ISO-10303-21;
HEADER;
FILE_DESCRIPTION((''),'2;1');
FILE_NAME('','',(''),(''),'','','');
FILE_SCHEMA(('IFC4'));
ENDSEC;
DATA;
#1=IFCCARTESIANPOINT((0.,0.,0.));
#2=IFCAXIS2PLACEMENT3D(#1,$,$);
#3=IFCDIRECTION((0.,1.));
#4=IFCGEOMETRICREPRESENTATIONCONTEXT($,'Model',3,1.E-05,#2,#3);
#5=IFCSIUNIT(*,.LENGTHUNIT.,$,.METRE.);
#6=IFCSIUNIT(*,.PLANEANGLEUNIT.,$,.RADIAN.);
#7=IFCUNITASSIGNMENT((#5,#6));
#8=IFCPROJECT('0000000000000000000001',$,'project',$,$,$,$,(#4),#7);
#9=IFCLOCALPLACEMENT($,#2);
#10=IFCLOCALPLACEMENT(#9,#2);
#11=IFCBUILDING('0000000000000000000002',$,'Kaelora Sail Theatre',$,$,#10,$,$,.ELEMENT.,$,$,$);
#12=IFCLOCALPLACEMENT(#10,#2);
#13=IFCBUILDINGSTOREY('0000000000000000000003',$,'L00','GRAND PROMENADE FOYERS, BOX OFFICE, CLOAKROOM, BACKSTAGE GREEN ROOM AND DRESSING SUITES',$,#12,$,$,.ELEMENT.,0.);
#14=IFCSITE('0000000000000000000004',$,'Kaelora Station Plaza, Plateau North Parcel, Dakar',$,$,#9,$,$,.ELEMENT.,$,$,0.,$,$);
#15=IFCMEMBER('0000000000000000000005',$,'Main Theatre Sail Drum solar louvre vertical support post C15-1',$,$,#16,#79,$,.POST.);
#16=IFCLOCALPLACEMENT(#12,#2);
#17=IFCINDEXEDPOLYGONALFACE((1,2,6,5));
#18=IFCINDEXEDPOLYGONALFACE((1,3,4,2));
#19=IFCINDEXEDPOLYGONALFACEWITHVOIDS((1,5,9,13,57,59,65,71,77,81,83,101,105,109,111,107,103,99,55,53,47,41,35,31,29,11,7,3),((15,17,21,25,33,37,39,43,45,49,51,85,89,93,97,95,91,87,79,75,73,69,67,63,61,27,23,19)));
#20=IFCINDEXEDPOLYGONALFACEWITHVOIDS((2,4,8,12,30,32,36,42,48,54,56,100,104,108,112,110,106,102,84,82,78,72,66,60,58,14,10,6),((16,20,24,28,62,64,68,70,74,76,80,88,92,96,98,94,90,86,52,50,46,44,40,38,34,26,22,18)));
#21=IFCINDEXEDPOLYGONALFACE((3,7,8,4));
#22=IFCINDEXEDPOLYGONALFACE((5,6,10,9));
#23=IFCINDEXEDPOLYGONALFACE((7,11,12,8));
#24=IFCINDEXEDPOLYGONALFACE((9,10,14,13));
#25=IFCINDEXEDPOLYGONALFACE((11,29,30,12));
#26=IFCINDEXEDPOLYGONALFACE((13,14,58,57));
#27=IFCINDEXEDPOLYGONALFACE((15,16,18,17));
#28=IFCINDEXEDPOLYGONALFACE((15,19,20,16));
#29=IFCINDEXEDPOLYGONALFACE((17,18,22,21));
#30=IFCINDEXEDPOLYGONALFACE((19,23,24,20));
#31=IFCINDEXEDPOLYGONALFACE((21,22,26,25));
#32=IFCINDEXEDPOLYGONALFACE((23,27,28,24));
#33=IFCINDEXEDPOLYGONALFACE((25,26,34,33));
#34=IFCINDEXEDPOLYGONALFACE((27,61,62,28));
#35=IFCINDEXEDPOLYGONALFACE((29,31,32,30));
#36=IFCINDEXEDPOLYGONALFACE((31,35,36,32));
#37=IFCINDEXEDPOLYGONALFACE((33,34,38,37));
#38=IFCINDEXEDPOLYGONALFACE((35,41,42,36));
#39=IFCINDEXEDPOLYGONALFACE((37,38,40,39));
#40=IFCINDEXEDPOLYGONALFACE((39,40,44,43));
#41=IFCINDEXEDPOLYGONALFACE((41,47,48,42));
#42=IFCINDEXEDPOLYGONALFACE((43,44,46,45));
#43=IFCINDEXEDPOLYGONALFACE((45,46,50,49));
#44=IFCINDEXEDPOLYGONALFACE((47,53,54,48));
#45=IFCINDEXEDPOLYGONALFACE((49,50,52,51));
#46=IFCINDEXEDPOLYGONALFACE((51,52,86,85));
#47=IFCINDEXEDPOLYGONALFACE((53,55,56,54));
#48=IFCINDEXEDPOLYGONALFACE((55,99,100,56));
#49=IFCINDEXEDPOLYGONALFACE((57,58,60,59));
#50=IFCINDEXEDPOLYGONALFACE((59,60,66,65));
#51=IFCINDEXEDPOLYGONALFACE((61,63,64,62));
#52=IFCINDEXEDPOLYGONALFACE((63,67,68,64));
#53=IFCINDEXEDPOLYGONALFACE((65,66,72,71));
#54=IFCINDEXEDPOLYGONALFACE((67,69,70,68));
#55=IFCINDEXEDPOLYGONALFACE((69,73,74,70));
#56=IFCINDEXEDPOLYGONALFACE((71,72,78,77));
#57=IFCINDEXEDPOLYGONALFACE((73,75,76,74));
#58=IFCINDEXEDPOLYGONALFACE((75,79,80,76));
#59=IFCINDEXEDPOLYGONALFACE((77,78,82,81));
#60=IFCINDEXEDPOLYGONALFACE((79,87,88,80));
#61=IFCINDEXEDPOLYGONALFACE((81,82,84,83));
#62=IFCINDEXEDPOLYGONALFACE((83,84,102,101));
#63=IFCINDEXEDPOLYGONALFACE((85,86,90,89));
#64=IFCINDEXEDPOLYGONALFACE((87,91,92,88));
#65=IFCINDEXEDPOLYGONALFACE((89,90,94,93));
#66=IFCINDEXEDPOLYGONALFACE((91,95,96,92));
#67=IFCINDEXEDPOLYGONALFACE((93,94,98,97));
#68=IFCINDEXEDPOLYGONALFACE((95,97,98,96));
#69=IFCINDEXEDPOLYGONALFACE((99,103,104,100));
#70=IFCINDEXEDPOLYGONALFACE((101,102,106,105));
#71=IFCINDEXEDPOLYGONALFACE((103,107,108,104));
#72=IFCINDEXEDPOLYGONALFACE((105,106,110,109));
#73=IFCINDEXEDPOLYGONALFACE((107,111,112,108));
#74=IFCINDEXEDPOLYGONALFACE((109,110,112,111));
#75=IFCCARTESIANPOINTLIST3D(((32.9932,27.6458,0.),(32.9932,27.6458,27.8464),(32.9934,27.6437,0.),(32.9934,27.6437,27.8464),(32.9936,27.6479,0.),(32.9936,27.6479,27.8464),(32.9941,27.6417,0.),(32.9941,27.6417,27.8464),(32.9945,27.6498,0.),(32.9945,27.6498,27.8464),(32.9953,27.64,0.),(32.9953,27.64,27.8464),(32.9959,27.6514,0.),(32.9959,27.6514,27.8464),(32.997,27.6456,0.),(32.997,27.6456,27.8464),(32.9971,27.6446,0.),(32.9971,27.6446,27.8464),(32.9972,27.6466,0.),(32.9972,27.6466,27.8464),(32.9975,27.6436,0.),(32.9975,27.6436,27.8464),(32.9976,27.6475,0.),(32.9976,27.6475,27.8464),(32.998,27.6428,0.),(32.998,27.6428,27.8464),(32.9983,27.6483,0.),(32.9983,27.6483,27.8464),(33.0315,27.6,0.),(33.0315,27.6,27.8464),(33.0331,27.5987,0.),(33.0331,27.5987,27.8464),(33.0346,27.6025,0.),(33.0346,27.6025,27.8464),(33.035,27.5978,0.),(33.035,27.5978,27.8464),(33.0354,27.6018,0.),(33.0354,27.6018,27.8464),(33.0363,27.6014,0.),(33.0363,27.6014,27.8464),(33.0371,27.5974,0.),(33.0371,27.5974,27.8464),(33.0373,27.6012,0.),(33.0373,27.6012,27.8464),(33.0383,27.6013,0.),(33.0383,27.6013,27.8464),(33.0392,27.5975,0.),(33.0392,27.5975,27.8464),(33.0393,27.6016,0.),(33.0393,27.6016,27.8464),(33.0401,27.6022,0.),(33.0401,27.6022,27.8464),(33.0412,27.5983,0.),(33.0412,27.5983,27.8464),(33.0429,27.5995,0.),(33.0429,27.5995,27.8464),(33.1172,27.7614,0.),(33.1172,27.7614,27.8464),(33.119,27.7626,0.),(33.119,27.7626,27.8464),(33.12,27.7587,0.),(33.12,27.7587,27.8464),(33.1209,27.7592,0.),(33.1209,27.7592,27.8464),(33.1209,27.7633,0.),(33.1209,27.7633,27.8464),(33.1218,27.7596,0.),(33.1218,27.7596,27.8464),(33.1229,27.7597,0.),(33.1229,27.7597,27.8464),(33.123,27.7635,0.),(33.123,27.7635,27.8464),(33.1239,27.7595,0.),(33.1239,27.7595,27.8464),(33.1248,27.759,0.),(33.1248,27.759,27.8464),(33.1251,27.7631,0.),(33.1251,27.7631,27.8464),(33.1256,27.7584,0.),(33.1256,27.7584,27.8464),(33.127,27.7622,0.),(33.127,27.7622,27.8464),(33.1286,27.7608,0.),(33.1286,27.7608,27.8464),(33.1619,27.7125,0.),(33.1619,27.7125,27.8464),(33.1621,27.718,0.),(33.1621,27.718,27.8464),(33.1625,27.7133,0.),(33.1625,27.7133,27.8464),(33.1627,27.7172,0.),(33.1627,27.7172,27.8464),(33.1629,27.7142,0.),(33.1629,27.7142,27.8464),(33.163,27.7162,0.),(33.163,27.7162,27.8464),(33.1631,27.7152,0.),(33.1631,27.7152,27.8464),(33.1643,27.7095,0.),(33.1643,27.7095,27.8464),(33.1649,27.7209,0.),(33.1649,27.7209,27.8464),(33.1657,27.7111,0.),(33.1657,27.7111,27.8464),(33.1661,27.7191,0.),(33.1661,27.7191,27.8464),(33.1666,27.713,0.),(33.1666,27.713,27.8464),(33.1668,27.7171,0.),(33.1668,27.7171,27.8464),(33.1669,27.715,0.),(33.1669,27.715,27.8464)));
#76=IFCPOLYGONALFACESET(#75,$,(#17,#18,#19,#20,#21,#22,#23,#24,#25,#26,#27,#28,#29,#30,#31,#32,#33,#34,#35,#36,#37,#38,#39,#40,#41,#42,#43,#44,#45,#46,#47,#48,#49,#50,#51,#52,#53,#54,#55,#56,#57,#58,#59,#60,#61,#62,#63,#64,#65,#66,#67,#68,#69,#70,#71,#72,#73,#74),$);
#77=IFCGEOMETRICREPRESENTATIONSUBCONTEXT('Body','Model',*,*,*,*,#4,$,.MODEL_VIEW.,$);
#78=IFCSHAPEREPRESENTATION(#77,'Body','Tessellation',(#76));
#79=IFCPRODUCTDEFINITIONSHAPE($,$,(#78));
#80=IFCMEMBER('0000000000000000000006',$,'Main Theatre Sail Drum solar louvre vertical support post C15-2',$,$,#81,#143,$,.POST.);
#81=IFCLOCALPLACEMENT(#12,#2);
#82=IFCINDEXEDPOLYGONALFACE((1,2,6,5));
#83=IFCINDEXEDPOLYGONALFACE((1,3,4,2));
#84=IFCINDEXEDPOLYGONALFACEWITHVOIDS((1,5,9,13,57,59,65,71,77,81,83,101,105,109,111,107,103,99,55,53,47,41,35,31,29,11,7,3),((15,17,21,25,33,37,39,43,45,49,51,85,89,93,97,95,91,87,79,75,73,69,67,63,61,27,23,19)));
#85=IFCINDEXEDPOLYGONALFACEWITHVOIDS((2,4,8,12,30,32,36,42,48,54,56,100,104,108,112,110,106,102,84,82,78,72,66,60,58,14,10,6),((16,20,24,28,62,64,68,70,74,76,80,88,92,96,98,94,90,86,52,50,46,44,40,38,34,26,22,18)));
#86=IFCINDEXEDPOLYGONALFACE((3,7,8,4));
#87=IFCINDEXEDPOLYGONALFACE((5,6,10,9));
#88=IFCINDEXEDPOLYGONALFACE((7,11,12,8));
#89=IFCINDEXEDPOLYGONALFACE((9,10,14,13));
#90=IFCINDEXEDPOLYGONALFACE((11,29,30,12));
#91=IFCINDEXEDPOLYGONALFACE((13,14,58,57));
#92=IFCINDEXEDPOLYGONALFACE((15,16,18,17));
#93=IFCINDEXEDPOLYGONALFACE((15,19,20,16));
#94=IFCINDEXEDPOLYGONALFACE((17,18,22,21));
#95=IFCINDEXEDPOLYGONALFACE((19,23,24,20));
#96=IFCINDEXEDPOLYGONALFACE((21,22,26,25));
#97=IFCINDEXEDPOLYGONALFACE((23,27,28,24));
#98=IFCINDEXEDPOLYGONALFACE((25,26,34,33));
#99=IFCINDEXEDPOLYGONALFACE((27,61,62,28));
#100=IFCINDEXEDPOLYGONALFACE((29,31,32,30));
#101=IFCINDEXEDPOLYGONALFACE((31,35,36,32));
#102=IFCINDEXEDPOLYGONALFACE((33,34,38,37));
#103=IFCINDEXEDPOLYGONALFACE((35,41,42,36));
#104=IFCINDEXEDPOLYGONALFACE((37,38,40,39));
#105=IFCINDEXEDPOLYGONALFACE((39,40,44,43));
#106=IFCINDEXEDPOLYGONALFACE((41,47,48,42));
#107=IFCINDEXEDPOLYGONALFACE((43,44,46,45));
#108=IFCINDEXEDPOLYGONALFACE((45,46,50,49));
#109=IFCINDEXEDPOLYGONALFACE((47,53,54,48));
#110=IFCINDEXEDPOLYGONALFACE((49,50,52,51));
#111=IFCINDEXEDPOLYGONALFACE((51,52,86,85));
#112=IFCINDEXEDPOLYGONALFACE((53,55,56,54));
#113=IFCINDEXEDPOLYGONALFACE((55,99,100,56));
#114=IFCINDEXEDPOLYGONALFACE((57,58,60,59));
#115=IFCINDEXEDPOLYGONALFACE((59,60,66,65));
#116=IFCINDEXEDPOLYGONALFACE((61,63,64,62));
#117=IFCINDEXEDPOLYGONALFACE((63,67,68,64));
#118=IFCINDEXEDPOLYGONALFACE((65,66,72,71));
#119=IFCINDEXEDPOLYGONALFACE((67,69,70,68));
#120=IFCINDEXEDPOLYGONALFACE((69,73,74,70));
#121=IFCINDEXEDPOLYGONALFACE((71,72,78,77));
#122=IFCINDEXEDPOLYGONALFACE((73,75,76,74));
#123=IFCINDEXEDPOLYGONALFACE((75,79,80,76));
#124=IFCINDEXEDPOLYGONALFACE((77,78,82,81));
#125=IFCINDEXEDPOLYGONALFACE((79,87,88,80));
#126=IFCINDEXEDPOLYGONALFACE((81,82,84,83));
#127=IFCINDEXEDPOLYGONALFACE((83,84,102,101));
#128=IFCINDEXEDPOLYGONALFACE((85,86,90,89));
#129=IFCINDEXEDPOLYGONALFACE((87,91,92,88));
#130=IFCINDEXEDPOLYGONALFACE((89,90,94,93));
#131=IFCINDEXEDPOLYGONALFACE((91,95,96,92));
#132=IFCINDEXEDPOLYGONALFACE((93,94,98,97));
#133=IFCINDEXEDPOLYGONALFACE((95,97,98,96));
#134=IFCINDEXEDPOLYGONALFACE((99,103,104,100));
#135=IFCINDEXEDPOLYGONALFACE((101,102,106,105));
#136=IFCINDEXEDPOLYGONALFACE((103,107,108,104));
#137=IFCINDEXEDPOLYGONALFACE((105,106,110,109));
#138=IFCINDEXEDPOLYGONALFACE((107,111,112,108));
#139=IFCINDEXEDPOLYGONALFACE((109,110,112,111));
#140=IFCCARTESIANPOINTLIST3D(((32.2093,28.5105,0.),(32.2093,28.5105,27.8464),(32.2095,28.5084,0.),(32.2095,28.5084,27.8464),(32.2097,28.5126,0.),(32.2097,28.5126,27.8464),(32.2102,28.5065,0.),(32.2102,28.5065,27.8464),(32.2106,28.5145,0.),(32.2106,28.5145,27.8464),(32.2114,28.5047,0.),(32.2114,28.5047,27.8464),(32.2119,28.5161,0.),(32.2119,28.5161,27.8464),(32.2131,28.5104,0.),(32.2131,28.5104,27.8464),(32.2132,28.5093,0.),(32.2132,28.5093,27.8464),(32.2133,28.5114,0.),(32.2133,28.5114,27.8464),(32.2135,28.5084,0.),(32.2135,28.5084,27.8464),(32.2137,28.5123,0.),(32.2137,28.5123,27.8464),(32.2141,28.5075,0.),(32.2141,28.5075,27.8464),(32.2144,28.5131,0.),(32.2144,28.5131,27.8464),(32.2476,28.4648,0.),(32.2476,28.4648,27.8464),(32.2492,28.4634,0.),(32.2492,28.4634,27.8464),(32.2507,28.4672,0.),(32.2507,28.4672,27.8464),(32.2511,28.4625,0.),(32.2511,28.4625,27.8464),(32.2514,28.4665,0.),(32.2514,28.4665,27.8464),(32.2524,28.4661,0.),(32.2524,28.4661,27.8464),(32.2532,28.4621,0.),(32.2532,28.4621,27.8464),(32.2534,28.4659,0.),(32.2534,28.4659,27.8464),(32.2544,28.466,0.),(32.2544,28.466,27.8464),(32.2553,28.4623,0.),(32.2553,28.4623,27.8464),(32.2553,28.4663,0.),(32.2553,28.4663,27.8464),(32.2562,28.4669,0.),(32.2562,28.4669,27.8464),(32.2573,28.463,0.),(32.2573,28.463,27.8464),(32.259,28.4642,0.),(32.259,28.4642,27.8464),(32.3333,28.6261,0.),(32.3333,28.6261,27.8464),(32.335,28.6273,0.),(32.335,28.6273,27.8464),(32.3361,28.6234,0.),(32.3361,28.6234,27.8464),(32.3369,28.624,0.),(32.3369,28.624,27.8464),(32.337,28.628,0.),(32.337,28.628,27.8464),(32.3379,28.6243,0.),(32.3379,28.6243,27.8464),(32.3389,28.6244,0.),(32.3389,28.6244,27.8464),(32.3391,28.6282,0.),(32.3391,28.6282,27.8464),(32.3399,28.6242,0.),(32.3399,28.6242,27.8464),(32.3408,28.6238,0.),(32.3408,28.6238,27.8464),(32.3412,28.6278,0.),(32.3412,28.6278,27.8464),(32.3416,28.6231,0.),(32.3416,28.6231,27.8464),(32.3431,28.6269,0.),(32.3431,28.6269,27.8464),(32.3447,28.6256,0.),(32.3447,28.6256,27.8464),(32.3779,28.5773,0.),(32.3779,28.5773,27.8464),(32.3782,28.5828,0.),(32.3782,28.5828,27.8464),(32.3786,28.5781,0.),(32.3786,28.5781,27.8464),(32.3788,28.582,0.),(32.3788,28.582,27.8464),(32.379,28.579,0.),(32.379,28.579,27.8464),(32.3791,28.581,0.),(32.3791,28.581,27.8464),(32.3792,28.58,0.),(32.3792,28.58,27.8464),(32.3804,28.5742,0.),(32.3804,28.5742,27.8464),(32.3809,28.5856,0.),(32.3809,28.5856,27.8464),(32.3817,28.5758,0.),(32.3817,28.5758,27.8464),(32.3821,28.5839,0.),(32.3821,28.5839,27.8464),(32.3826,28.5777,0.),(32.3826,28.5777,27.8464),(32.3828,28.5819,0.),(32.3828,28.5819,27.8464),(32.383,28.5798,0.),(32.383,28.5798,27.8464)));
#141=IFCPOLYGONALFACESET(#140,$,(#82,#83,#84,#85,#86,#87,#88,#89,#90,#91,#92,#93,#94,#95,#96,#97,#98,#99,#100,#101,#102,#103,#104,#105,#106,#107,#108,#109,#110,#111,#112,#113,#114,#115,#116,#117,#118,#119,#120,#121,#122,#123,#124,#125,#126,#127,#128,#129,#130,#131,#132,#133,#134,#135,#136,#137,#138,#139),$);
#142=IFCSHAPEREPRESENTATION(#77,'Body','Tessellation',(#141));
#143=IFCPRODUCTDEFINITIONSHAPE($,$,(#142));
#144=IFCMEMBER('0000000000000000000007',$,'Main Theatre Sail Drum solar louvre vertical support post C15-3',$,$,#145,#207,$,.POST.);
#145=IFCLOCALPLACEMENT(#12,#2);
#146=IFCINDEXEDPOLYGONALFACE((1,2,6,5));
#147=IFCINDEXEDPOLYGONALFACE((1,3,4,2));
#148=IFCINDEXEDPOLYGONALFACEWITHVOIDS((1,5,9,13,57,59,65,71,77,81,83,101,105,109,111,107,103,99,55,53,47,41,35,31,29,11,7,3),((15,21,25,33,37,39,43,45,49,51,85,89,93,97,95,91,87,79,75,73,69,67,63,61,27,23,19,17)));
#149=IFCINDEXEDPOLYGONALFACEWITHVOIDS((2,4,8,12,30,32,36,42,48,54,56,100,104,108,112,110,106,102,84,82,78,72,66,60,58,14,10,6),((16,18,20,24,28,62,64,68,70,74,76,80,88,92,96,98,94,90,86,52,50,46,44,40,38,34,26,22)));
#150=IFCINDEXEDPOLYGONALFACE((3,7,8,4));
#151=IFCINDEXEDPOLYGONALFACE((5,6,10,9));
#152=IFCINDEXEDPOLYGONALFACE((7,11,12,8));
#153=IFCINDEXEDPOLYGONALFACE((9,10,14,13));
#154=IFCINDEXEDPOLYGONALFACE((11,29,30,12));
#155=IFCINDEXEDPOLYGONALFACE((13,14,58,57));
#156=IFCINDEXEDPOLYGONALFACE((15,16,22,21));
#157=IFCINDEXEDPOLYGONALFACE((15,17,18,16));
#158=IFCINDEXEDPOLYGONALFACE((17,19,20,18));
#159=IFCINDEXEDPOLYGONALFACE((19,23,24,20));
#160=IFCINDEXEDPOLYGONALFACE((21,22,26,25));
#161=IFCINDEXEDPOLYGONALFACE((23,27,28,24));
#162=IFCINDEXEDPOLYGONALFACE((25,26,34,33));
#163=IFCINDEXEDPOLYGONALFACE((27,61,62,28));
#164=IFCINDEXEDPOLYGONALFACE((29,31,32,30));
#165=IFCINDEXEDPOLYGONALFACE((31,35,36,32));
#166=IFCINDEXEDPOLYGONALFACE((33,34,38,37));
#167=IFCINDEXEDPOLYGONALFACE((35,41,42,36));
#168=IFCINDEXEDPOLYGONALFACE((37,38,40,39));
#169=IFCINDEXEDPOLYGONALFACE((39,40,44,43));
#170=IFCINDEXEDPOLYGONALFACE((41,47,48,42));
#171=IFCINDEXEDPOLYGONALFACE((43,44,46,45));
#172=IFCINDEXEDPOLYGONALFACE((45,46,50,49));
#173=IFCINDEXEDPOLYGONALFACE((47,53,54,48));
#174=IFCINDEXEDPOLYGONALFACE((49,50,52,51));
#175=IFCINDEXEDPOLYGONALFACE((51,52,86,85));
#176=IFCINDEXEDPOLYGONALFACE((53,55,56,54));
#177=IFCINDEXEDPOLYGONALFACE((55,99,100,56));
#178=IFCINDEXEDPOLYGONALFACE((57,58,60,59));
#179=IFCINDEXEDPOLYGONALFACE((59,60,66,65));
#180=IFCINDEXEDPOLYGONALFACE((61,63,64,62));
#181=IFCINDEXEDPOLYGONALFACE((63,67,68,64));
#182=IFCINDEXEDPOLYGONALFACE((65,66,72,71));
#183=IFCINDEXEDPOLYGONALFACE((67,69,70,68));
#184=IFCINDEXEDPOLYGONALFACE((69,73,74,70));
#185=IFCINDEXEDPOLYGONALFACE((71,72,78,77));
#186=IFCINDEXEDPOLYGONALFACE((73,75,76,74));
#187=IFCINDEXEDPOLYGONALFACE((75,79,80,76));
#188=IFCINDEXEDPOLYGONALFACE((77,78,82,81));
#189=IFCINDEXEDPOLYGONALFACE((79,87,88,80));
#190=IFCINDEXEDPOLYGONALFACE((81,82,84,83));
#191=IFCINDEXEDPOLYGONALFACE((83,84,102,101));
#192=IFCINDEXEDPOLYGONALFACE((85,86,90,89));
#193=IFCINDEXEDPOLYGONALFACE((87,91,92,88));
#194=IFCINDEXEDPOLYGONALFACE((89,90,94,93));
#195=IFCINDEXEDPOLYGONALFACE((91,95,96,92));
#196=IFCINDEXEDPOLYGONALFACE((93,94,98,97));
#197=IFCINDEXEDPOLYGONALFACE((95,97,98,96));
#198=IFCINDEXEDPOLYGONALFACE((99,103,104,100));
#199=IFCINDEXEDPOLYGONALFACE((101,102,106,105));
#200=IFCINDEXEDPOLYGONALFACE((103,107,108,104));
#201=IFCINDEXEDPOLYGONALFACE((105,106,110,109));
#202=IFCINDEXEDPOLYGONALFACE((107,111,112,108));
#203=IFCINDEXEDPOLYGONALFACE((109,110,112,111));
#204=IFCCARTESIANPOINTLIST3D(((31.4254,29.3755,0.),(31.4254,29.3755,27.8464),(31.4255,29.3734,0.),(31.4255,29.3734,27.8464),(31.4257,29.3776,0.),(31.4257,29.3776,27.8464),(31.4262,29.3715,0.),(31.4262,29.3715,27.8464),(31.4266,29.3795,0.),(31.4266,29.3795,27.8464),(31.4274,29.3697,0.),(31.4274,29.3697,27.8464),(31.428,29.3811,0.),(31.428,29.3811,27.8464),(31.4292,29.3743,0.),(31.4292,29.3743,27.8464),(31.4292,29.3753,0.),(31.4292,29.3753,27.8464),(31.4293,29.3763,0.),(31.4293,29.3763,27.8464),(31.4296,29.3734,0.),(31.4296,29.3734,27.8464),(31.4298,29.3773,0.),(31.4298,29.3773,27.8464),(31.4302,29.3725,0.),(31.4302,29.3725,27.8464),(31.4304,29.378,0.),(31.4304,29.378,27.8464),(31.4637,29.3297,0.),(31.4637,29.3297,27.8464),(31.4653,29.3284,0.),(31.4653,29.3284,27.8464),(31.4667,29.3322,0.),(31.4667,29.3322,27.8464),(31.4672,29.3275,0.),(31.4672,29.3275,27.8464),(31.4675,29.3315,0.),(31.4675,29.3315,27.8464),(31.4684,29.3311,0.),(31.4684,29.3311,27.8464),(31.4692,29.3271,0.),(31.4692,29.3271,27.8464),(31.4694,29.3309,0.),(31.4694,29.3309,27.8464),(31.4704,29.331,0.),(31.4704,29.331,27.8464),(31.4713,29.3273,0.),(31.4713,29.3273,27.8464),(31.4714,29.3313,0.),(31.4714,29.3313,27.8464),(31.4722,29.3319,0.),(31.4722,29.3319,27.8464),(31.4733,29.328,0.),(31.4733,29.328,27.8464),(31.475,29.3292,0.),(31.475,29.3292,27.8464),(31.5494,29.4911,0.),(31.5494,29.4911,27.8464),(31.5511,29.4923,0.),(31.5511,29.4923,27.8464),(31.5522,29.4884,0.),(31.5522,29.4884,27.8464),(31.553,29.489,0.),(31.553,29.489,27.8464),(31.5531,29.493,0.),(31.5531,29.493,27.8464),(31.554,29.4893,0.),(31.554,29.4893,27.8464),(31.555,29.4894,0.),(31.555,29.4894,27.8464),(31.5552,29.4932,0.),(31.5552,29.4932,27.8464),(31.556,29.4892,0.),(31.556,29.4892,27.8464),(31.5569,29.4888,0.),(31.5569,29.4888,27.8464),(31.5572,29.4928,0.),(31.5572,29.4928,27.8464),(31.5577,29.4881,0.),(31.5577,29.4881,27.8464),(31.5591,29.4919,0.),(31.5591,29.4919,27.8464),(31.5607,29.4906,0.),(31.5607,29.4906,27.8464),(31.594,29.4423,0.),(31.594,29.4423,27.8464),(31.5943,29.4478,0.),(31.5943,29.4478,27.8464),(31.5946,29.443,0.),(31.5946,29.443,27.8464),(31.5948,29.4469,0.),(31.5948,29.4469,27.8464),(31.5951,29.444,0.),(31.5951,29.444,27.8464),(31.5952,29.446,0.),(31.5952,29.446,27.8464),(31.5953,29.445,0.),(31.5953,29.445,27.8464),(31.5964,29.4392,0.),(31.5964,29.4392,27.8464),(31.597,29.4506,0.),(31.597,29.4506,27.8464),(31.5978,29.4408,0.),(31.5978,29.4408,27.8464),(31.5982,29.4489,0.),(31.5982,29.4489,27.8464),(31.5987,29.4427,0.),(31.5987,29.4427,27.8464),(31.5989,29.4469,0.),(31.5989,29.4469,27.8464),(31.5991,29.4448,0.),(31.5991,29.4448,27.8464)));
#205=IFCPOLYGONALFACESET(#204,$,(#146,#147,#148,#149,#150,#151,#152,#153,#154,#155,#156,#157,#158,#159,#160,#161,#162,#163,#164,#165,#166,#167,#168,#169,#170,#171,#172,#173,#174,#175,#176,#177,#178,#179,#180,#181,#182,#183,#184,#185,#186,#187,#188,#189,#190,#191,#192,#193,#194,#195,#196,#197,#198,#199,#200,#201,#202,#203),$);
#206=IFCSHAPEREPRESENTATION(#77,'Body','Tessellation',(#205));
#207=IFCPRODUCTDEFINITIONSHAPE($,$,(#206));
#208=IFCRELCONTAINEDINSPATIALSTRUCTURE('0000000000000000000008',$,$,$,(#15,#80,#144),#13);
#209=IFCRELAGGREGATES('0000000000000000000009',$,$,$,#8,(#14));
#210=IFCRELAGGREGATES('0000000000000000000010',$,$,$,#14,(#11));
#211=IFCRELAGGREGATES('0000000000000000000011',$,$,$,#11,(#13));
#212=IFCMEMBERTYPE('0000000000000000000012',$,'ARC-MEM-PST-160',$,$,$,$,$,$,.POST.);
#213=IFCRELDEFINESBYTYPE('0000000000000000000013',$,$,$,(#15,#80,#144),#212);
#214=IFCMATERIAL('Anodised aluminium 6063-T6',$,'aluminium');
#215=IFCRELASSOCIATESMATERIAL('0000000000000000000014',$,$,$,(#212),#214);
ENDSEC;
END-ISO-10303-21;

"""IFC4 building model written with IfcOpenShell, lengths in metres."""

from ifc_helpers import new_model, si_unit, direction, frame, origin, origin_2d, place, context, subcontext, project, spatial, hollow_rectangle, extrude, material, material_profile, profile_set, type_object, element, save


model = new_model("IFC4")

# Units and contexts
model_context = context("Model", 3, precision=1e-05, world=origin(), true_north=direction((0.0, 1.0)))
body_context = subcontext(model_context, "Body", "Model", "MODEL_VIEW")
ifc_project = project(units=[si_unit("LENGTHUNIT", "METRE"), si_unit("PLANEANGLEUNIT", "RADIAN")], contexts=[model_context])

# Site, building, storey
site_placement = place(None, origin())
site = spatial("IfcSite", under=ifc_project, at=site_placement, Name="Kaelora Station Plaza, Plateau North Parcel, Dakar", CompositionType="ELEMENT", RefElevation=0.0)
building_placement = place(site_placement, origin())
building = spatial("IfcBuilding", under=site, at=building_placement, Name="Kaelora Sail Theatre", CompositionType="ELEMENT")
storey_placement = place(building_placement, origin())
storey = spatial("IfcBuildingStorey", under=building, at=storey_placement, Name="L00", Description="GRAND PROMENADE FOYERS, BOX OFFICE, CLOAKROOM, BACKSTAGE GREEN ROOM AND DRESSING SUITES", CompositionType="ELEMENT", Elevation=0.0)

# Members
ifc_material_1 = material(Name="Anodised aluminium 6063-T6", Category="aluminium")
ifc_material_profile_1 = material_profile(ifc_material_1, hollow_rectangle(XDim=0.0701, YDim=0.1799, WallThickness=0.0039, InnerFilletRadius=0.0039, OuterFilletRadius=0.0081, at=origin_2d()), Name="ALU-MULL 70x180x4")
ifc_profile_set_1 = profile_set([ifc_material_profile_1], Name="Anodised aluminium 6063-T6")
member_type_1 = type_object("IfcMemberType", Name="ARC-MEM-PST-160", PredefinedType="POST", material=ifc_profile_set_1)
for number, where, z_axis, x_axis, name in (
    (1, (33.0801, 27.6804, 0.0), (0.0, 0.0, 1.0), (-0.671591, 0.740922, 0.0), "Main Theatre Sail Drum solar louvre vertical support post C15-1"),
    (2, (32.2961, 28.5452, 0.0), (0.0, 0.0, 1.0), (-0.671591, 0.740922, 0.0), "Main Theatre Sail Drum solar louvre vertical support post C15-2"),
    (3, (31.5122, 29.4102, 0.0), (0.0, 0.0, 1.0), (-0.671591, 0.740922, 0.0), "Main Theatre Sail Drum solar louvre vertical support post C15-3"),
):
    element("IfcMember", number, at=place(storey_placement, frame(where, z_axis=z_axis, x_axis=x_axis)), inside=storey, type_object=member_type_1, Name=name, PredefinedType="POST", context=body_context, shape_type="SweptSolid", body=[
        extrude(hollow_rectangle(XDim=0.0701, YDim=0.1799, WallThickness=0.0039, InnerFilletRadius=0.0039, OuterFilletRadius=0.0081, at=origin_2d()), origin(), (0.0, 0.0, 1.0), 27.8464),
    ])

save(model, "model.ifc")
